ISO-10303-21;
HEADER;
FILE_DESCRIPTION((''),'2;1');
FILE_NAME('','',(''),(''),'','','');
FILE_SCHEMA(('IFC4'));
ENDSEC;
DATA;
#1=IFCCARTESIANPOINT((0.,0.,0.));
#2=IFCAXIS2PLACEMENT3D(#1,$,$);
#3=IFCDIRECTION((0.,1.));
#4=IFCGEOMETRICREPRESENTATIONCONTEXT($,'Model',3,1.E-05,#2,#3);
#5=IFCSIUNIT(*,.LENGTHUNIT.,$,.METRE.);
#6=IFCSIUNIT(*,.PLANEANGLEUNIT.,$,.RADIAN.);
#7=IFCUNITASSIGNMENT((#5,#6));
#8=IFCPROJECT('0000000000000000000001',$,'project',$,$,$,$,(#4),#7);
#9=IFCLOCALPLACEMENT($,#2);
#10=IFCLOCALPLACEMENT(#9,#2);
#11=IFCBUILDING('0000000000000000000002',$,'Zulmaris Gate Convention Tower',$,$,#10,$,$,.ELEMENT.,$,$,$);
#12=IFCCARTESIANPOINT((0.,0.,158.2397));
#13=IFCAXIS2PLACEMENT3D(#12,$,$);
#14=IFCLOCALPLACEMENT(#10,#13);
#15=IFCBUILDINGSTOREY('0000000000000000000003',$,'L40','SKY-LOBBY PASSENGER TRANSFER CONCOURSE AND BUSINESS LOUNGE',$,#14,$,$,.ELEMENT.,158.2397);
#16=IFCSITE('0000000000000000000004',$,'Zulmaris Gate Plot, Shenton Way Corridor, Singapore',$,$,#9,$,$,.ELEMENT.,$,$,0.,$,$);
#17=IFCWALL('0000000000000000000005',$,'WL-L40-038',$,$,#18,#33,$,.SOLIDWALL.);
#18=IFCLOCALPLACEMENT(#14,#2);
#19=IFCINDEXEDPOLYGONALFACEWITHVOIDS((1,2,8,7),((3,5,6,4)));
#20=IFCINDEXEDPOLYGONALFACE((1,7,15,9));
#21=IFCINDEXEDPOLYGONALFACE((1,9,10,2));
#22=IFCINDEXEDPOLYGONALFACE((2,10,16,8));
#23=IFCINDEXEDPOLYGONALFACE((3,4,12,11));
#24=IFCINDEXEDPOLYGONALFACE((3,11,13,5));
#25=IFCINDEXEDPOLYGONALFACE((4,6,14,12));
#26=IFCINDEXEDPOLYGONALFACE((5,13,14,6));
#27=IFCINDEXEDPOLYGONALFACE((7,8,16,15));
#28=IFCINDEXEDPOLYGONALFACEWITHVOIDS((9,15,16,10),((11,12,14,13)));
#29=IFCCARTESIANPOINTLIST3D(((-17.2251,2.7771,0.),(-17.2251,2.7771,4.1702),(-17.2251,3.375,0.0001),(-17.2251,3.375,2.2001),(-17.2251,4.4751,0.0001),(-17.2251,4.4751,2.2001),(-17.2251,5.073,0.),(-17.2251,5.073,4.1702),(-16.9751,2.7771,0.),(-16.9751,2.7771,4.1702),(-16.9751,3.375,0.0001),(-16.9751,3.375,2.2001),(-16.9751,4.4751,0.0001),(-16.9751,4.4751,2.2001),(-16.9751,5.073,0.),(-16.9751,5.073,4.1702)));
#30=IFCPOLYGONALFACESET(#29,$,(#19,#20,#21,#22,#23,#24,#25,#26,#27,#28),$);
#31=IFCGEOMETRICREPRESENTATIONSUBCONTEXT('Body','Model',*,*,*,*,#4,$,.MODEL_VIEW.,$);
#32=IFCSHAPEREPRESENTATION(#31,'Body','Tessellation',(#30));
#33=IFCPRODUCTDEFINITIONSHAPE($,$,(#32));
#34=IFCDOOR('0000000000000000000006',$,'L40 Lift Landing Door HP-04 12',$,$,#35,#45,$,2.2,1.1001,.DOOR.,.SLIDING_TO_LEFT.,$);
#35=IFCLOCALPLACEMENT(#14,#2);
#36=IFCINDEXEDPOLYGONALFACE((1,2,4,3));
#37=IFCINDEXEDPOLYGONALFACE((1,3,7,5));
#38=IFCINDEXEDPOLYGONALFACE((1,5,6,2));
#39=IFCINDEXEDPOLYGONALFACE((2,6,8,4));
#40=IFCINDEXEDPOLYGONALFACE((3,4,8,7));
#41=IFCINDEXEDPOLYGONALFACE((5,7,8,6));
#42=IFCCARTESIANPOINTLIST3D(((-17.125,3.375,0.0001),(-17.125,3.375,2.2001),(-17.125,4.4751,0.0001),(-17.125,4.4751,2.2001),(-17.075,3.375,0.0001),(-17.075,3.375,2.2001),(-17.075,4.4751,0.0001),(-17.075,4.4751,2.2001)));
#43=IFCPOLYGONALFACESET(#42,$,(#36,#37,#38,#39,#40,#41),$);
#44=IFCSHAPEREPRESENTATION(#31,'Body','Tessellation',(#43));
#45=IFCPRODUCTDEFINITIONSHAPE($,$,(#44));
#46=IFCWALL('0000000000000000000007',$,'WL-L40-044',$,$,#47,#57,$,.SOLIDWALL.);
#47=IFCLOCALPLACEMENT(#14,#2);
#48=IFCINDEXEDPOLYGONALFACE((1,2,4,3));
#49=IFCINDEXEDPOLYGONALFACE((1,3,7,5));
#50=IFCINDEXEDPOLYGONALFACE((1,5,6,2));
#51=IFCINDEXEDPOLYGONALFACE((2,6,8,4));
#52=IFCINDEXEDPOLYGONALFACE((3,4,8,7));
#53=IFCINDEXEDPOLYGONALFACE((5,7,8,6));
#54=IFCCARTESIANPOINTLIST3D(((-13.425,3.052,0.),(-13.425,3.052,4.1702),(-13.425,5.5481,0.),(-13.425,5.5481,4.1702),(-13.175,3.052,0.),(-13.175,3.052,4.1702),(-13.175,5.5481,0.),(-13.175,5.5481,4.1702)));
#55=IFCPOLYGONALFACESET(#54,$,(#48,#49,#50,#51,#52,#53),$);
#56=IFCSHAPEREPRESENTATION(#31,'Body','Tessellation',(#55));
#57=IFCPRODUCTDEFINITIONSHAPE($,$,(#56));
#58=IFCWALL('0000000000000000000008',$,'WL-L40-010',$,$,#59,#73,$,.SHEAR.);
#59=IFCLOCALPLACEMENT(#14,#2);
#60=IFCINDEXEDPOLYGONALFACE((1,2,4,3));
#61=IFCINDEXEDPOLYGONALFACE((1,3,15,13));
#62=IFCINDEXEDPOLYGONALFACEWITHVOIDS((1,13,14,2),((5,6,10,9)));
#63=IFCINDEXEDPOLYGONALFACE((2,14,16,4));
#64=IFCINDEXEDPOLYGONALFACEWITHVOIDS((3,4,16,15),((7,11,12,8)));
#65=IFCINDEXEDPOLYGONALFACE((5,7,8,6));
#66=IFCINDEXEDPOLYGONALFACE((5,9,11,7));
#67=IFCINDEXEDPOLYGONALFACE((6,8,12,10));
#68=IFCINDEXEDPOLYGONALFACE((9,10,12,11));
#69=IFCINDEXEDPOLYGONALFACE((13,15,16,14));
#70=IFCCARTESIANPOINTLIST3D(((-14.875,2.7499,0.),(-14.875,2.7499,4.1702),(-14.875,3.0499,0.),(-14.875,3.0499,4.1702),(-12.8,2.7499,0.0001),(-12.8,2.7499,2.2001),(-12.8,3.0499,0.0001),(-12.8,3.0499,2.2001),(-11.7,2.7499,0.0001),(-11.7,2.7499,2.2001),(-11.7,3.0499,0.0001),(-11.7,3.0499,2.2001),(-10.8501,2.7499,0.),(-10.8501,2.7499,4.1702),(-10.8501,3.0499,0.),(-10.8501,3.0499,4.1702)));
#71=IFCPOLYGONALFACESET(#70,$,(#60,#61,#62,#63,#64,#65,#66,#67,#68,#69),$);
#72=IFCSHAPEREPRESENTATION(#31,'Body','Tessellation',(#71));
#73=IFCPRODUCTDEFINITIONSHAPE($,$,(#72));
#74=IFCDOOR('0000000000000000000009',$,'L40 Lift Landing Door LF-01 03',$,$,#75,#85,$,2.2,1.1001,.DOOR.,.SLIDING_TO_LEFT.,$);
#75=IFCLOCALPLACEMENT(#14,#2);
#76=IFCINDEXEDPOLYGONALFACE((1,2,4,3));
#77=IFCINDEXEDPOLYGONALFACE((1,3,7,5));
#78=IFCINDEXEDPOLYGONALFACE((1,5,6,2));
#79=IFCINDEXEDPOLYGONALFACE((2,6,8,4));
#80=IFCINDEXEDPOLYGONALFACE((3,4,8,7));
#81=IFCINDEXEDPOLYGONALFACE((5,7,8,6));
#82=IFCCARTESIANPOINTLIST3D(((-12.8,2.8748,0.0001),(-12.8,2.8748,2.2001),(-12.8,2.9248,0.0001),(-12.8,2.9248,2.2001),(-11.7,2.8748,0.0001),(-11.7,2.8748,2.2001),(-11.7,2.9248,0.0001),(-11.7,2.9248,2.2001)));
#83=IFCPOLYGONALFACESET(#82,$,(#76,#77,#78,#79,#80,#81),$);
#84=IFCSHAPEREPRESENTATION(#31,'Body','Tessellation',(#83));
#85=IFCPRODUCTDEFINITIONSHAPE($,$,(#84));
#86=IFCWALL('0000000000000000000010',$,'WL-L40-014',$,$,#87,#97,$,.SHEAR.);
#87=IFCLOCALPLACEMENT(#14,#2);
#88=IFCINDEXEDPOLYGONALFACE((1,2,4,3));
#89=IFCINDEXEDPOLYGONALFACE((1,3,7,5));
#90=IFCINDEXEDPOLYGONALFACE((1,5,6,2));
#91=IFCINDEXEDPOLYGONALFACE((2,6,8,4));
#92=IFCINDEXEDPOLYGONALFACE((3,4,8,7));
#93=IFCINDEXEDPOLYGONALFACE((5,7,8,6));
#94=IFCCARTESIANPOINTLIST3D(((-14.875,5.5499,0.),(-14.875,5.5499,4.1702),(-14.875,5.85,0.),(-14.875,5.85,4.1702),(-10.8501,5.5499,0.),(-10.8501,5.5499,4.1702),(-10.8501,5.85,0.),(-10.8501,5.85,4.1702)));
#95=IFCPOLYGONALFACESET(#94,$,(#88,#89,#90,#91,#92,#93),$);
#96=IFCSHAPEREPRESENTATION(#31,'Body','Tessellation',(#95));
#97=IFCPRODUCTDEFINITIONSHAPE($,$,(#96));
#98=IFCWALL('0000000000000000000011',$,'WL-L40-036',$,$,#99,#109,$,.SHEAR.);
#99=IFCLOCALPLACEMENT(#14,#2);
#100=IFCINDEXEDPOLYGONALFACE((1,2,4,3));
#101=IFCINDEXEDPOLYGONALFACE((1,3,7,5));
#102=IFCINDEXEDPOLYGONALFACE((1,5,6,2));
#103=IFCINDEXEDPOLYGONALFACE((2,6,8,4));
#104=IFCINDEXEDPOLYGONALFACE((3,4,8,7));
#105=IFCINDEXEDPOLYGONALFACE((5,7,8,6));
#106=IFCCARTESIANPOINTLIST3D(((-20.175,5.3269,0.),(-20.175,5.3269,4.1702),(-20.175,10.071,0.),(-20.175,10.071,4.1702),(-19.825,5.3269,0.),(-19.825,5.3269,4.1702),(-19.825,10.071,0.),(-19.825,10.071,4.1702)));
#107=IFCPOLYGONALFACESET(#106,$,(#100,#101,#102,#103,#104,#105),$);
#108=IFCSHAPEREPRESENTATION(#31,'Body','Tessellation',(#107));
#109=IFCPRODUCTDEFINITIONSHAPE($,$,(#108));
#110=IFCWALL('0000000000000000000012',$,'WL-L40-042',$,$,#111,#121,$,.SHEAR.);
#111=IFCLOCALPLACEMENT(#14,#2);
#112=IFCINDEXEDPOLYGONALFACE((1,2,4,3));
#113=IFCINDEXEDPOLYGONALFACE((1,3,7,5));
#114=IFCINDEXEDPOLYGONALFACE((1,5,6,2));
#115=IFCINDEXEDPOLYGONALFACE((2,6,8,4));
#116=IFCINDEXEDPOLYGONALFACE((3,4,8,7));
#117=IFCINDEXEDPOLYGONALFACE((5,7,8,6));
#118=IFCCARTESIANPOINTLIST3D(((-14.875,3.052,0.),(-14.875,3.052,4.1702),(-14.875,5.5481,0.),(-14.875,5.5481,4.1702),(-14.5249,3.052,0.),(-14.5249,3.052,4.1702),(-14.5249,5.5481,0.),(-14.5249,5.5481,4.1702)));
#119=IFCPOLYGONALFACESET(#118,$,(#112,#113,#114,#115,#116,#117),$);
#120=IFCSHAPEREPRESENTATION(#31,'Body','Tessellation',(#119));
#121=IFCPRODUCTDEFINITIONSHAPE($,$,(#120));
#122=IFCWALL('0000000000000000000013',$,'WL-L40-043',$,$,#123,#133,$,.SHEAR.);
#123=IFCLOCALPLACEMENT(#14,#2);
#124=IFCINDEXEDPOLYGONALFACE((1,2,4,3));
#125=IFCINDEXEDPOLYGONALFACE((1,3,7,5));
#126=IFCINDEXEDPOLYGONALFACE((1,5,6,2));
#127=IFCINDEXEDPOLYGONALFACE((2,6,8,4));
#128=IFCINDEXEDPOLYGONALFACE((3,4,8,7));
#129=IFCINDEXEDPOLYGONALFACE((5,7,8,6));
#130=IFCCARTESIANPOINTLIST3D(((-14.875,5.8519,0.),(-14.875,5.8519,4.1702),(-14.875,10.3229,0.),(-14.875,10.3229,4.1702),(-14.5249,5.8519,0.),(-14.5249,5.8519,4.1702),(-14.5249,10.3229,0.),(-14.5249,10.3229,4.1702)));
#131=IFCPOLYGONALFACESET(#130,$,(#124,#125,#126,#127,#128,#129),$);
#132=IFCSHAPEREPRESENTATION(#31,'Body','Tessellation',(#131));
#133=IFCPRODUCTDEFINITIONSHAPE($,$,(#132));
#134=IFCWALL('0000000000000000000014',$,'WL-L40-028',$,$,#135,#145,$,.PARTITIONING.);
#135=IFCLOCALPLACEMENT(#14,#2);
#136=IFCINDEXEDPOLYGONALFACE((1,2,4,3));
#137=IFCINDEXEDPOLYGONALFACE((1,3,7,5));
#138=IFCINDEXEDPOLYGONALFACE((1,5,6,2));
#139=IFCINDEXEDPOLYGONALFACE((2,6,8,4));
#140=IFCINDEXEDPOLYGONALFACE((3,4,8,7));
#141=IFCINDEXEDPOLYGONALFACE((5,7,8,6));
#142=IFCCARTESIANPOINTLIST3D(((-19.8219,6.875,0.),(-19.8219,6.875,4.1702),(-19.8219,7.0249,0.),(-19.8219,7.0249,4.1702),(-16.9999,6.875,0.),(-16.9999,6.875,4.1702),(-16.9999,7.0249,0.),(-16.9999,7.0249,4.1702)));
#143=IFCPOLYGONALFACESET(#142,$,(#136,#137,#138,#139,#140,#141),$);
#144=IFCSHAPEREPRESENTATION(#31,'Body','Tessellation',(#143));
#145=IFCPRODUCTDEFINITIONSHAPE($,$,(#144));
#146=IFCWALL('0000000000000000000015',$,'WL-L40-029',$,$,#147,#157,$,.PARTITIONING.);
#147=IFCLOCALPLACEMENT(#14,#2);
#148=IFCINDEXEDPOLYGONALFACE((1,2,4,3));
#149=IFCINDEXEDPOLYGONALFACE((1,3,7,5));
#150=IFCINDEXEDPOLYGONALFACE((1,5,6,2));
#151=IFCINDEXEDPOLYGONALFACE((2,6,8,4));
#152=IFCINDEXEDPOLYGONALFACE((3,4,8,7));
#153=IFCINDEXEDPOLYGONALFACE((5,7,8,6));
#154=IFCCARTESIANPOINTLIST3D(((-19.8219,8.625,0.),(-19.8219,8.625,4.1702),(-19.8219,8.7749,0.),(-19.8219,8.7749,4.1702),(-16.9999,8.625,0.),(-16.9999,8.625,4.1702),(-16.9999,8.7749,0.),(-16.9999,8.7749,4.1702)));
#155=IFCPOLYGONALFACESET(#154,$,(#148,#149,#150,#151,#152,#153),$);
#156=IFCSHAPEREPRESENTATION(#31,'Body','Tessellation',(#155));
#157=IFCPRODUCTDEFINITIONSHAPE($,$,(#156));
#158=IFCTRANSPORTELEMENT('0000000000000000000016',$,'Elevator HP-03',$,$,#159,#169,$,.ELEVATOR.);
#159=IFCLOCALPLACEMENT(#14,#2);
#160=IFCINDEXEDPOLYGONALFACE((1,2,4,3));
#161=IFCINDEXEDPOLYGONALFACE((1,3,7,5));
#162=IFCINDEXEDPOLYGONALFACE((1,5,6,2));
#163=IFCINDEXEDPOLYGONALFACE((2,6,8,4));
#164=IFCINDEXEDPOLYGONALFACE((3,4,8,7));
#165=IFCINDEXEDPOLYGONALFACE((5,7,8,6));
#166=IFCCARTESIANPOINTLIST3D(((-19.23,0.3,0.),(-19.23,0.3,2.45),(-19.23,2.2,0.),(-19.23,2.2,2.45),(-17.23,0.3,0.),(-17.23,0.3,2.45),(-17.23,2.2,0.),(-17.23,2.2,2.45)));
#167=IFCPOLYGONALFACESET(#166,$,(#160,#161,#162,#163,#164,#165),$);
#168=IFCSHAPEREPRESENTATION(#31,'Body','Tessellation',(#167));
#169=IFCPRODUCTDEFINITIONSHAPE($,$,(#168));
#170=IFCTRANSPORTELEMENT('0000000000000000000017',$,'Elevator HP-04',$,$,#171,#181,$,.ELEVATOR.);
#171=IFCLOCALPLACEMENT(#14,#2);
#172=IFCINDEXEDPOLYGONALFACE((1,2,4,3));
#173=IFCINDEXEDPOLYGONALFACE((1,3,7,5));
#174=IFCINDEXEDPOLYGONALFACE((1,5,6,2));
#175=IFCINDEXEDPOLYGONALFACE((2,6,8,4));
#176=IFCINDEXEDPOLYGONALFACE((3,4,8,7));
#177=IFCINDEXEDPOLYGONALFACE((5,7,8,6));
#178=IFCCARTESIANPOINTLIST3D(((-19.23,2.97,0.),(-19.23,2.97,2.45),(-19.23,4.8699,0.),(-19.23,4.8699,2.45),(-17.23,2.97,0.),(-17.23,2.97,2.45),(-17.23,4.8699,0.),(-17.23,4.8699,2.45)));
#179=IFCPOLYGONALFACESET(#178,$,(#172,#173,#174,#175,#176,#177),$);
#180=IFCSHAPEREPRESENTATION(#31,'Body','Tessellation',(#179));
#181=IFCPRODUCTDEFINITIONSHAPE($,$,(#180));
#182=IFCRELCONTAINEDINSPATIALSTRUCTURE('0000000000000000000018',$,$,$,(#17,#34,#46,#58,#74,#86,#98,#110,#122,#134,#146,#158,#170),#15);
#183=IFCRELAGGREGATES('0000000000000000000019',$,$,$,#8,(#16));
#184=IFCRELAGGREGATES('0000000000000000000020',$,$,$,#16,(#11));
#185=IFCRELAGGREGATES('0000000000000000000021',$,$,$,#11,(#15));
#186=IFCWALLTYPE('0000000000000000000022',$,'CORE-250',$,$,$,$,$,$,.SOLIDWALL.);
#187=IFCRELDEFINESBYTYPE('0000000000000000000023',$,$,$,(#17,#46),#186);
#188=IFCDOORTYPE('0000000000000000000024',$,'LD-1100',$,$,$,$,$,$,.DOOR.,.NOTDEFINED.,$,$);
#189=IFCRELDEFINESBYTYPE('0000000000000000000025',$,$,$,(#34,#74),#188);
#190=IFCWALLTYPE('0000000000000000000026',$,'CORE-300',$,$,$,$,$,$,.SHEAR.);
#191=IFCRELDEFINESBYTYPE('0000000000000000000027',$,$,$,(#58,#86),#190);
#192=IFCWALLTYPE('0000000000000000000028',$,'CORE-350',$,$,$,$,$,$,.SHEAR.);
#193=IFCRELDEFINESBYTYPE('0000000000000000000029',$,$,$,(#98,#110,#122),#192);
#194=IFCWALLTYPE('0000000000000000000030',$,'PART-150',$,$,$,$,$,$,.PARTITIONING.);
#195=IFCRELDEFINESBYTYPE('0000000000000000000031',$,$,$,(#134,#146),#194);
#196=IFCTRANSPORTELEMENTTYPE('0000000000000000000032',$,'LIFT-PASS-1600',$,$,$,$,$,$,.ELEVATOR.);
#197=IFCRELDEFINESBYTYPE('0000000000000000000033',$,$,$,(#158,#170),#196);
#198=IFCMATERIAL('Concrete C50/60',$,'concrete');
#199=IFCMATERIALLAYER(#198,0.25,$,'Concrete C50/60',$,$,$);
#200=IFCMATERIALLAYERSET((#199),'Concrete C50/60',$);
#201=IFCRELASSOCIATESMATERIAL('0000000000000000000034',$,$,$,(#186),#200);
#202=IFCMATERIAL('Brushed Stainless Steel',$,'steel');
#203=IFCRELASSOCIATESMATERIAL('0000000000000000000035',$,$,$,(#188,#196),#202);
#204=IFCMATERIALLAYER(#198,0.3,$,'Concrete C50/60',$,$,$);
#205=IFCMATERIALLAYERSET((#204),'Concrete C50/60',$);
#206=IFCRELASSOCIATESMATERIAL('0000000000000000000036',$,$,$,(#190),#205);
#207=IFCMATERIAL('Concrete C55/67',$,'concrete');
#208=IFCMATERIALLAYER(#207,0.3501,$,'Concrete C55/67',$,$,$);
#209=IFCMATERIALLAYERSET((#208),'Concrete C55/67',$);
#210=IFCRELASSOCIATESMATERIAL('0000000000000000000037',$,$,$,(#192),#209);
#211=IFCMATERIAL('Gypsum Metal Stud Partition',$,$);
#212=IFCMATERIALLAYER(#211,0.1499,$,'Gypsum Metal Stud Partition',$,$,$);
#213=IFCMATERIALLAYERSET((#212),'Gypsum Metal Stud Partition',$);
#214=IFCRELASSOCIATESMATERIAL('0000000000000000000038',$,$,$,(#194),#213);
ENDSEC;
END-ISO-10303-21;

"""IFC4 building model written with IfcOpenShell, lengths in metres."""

from ifc_helpers import new_model, si_unit, direction, frame, frame_2d, origin, origin_2d, place, context, subcontext, project, spatial, rectangle, extrude, material, layer, layer_set, type_object, element, fill, save


model = new_model("IFC4")

# Units and contexts
model_context = context("Model", 3, precision=1e-05, world=origin(), true_north=direction((0.0, 1.0)))
body_context = subcontext(model_context, "Body", "Model", "MODEL_VIEW")
ifc_project = project(units=[si_unit("LENGTHUNIT", "METRE"), si_unit("PLANEANGLEUNIT", "RADIAN")], contexts=[model_context])

# Site, building, storey
site_placement = place(None, origin())
site = spatial("IfcSite", under=ifc_project, at=site_placement, Name="Zulmaris Gate Plot, Shenton Way Corridor, Singapore", CompositionType="ELEMENT", RefElevation=0.0)
building_placement = place(site_placement, origin())
building = spatial("IfcBuilding", under=site, at=building_placement, Name="Zulmaris Gate Convention Tower", CompositionType="ELEMENT")
storey_placement = place(building_placement, frame((0.0, 0.0, 158.2397)))
storey = spatial("IfcBuildingStorey", under=building, at=storey_placement, Name="L40", Description="SKY-LOBBY PASSENGER TRANSFER CONCOURSE AND BUSINESS LOUNGE", CompositionType="ELEMENT", Elevation=158.2397)

# Wall, opening, door
ifc_material_1 = material(Name="Concrete C50/60", Category="concrete")
ifc_layer_1 = layer(ifc_material_1, 0.25, Name="Concrete C50/60")
ifc_layer_set_1 = layer_set([ifc_layer_1], Name="Concrete C50/60")
wall_type_1 = type_object("IfcWallType", Name="CORE-250", PredefinedType="SOLIDWALL", material=ifc_layer_set_1)
wall_1_placement = place(storey_placement, frame((-17.1001, 2.7771, 0.0), z_axis=(0.0, 0.0, 1.0), x_axis=(0.0, 1.0, 0.0)))
wall_1 = element("IfcWall", 1, at=wall_1_placement, inside=storey, type_object=wall_type_1, Name="WL-L40-038", PredefinedType="SOLIDWALL", context=body_context, shape_type="SweptSolid", body=[
    extrude(rectangle(XDim=2.2959, YDim=0.25, at=frame_2d((1.1479, 0.0))), origin(), (0.0, 0.0, 1.0), 4.1702),
])
opening_1_placement = place(wall_1_placement, frame((0.5979, 0.0, 0.0)))
opening_1 = element("IfcOpeningElement", 2, at=opening_1_placement, cuts=wall_1, PredefinedType="OPENING", context=body_context, shape_type="SweptSolid", body=[
    extrude(rectangle(XDim=1.1001, YDim=2.2, at=frame_2d((0.55, 1.1001))), frame((0.0, 0.135, 0.0), z_axis=(0.0, -1.0, 0.0), x_axis=(1.0, 0.0, 0.0)), (0.0, 0.0, 1.0), 0.27),
])
ifc_material_2 = material(Name="Brushed Stainless Steel", Category="steel")
door_type_1 = type_object("IfcDoorType", Name="LD-1100", OperationType="NOTDEFINED", PredefinedType="DOOR", material=ifc_material_2)
door_1_placement = place(opening_1_placement, origin())
door_1 = element("IfcDoor", 3, at=door_1_placement, inside=storey, type_object=door_type_1, Name="L40 Lift Landing Door HP-04 12", OperationType="SLIDING_TO_LEFT", OverallHeight=2.2, OverallWidth=1.1001, PredefinedType="DOOR", context=body_context, shape_type="SweptSolid", body=[
    extrude(rectangle(XDim=1.1001, YDim=2.2, at=frame_2d((0.55, 1.1001))), frame((0.0, 0.0249, 0.0), z_axis=(0.0, -1.0, 0.0), x_axis=(1.0, 0.0, 0.0)), (0.0, 0.0, 1.0), 0.05),
])
fill(opening_1, door_1)

# Wall
wall_2_placement = place(storey_placement, frame((-13.3, 3.052, 0.0), z_axis=(0.0, 0.0, 1.0), x_axis=(0.0, 1.0, 0.0)))
element("IfcWall", 4, at=wall_2_placement, inside=storey, type_object=wall_type_1, Name="WL-L40-044", PredefinedType="SOLIDWALL", context=body_context, shape_type="SweptSolid", body=[
    extrude(rectangle(XDim=2.4961, YDim=0.25, at=frame_2d((1.248, 0.0))), origin(), (0.0, 0.0, 1.0), 4.1702),
])

# Wall, opening, door
ifc_layer_2 = layer(ifc_material_1, 0.3, Name="Concrete C50/60")
ifc_layer_set_2 = layer_set([ifc_layer_2], Name="Concrete C50/60")
wall_type_2 = type_object("IfcWallType", Name="CORE-300", PredefinedType="SHEAR", material=ifc_layer_set_2)
wall_3_placement = place(storey_placement, frame((-14.875, 2.8999, 0.0), z_axis=(0.0, 0.0, 1.0), x_axis=(1.0, 0.0, 0.0)))
wall_3 = element("IfcWall", 5, at=wall_3_placement, inside=storey, type_object=wall_type_2, Name="WL-L40-010", PredefinedType="SHEAR", context=body_context, shape_type="SweptSolid", body=[
    extrude(rectangle(XDim=4.0249, YDim=0.3, at=frame_2d((2.0125, 0.0))), origin(), (0.0, 0.0, 1.0), 4.1702),
])
opening_2_placement = place(wall_3_placement, frame((2.075, 0.0, 0.0)))
opening_2 = element("IfcOpeningElement", 6, at=opening_2_placement, cuts=wall_3, PredefinedType="OPENING", context=body_context, shape_type="SweptSolid", body=[
    extrude(rectangle(XDim=1.1001, YDim=2.2, at=frame_2d((0.55, 1.1001))), frame((0.0, 0.1602, 0.0), z_axis=(0.0, -1.0, 0.0), x_axis=(1.0, 0.0, 0.0)), (0.0, 0.0, 1.0), 0.3201),
])
door_2_placement = place(opening_2_placement, origin())
door_2 = element("IfcDoor", 7, at=door_2_placement, inside=storey, type_object=door_type_1, Name="L40 Lift Landing Door LF-01 03", OperationType="SLIDING_TO_LEFT", OverallHeight=2.2, OverallWidth=1.1001, PredefinedType="DOOR", context=body_context, shape_type="SweptSolid", body=[
    extrude(rectangle(XDim=1.1001, YDim=2.2, at=frame_2d((0.55, 1.1001))), frame((0.0, 0.0249, 0.0), z_axis=(0.0, -1.0, 0.0), x_axis=(1.0, 0.0, 0.0)), (0.0, 0.0, 1.0), 0.05),
])
fill(opening_2, door_2)

# Walls
wall_4_placement = place(storey_placement, frame((-14.875, 5.7, 0.0), z_axis=(0.0, 0.0, 1.0), x_axis=(1.0, 0.0, 0.0)))
element("IfcWall", 8, at=wall_4_placement, inside=storey, type_object=wall_type_2, Name="WL-L40-014", PredefinedType="SHEAR", context=body_context, shape_type="SweptSolid", body=[
    extrude(rectangle(XDim=4.0249, YDim=0.3, at=frame_2d((2.0125, 0.0))), origin(), (0.0, 0.0, 1.0), 4.1702),
])
ifc_material_3 = material(Name="Concrete C55/67", Category="concrete")
ifc_layer_3 = layer(ifc_material_3, 0.3501, Name="Concrete C55/67")
ifc_layer_set_3 = layer_set([ifc_layer_3], Name="Concrete C55/67")
wall_type_3 = type_object("IfcWallType", Name="CORE-350", PredefinedType="SHEAR", material=ifc_layer_set_3)
wall_5_placement = place(storey_placement, frame((-20.0, 5.3269, 0.0), z_axis=(0.0, 0.0, 1.0), x_axis=(0.0, 1.0, 0.0)))
element("IfcWall", 9, at=wall_5_placement, inside=storey, type_object=wall_type_3, Name="WL-L40-036", PredefinedType="SHEAR", context=body_context, shape_type="SweptSolid", body=[
    extrude(rectangle(XDim=4.7441, YDim=0.3501, at=frame_2d((2.3721, 0.0))), origin(), (0.0, 0.0, 1.0), 4.1702),
])
wall_6_placement = place(storey_placement, frame((-14.7, 3.052, 0.0), z_axis=(0.0, 0.0, 1.0), x_axis=(0.0, 1.0, 0.0)))
element("IfcWall", 10, at=wall_6_placement, inside=storey, type_object=wall_type_3, Name="WL-L40-042", PredefinedType="SHEAR", context=body_context, shape_type="SweptSolid", body=[
    extrude(rectangle(XDim=2.4961, YDim=0.3501, at=frame_2d((1.248, 0.0))), origin(), (0.0, 0.0, 1.0), 4.1702),
])
wall_7_placement = place(storey_placement, frame((-14.7, 5.8521, 0.0), z_axis=(0.0, 0.0, 1.0), x_axis=(0.0, 1.0, 0.0)))
element("IfcWall", 11, at=wall_7_placement, inside=storey, type_object=wall_type_3, Name="WL-L40-043", PredefinedType="SHEAR", context=body_context, shape_type="SweptSolid", body=[
    extrude(rectangle(XDim=4.4709, YDim=0.3501, at=frame_2d((2.2354, 0.0))), origin(), (0.0, 0.0, 1.0), 4.1702),
])
ifc_material_4 = material(Name="Gypsum Metal Stud Partition")
ifc_layer_4 = layer(ifc_material_4, 0.1499, Name="Gypsum Metal Stud Partition")
ifc_layer_set_4 = layer_set([ifc_layer_4], Name="Gypsum Metal Stud Partition")
wall_type_4 = type_object("IfcWallType", Name="PART-150", PredefinedType="PARTITIONING", material=ifc_layer_set_4)
for number, where, z_axis, x_axis, name in (
    (12, (-19.822, 6.95, 0.0), (0.0, 0.0, 1.0), (1.0, 0.0, 0.0), "WL-L40-028"),
    (13, (-19.822, 8.7, 0.0), (0.0, 0.0, 1.0), (1.0, 0.0, 0.0), "WL-L40-029"),
):
    element("IfcWall", number, at=place(storey_placement, frame(where, z_axis=z_axis, x_axis=x_axis)), inside=storey, type_object=wall_type_4, Name=name, PredefinedType="PARTITIONING", context=body_context, shape_type="SweptSolid", body=[
        extrude(rectangle(XDim=2.822, YDim=0.1499, at=frame_2d((1.4111, 0.0))), origin(), (0.0, 0.0, 1.0), 4.1702),
    ])

# Transport elements
transport_element_type = type_object("IfcTransportElementType", Name="LIFT-PASS-1600", PredefinedType="ELEVATOR", material=ifc_material_2)
for number, where, z_axis, x_axis, name in (
    (14, (-18.23, 1.25, 0.0), (0.0, 0.0, 1.0), (1.0, 0.0, 0.0), "Elevator HP-03"),
    (15, (-18.23, 3.9199, 0.0), (0.0, 0.0, 1.0), (1.0, 0.0, 0.0), "Elevator HP-04"),
):
    element("IfcTransportElement", number, at=place(storey_placement, frame(where, z_axis=z_axis, x_axis=x_axis)), inside=storey, type_object=transport_element_type, Name=name, PredefinedType="ELEVATOR", context=body_context, shape_type="SweptSolid", body=[
        extrude(rectangle(XDim=2.0, YDim=1.8999, at=origin_2d()), origin(), (0.0, 0.0, 1.0), 2.45),
    ])

save(model, "model.ifc")
